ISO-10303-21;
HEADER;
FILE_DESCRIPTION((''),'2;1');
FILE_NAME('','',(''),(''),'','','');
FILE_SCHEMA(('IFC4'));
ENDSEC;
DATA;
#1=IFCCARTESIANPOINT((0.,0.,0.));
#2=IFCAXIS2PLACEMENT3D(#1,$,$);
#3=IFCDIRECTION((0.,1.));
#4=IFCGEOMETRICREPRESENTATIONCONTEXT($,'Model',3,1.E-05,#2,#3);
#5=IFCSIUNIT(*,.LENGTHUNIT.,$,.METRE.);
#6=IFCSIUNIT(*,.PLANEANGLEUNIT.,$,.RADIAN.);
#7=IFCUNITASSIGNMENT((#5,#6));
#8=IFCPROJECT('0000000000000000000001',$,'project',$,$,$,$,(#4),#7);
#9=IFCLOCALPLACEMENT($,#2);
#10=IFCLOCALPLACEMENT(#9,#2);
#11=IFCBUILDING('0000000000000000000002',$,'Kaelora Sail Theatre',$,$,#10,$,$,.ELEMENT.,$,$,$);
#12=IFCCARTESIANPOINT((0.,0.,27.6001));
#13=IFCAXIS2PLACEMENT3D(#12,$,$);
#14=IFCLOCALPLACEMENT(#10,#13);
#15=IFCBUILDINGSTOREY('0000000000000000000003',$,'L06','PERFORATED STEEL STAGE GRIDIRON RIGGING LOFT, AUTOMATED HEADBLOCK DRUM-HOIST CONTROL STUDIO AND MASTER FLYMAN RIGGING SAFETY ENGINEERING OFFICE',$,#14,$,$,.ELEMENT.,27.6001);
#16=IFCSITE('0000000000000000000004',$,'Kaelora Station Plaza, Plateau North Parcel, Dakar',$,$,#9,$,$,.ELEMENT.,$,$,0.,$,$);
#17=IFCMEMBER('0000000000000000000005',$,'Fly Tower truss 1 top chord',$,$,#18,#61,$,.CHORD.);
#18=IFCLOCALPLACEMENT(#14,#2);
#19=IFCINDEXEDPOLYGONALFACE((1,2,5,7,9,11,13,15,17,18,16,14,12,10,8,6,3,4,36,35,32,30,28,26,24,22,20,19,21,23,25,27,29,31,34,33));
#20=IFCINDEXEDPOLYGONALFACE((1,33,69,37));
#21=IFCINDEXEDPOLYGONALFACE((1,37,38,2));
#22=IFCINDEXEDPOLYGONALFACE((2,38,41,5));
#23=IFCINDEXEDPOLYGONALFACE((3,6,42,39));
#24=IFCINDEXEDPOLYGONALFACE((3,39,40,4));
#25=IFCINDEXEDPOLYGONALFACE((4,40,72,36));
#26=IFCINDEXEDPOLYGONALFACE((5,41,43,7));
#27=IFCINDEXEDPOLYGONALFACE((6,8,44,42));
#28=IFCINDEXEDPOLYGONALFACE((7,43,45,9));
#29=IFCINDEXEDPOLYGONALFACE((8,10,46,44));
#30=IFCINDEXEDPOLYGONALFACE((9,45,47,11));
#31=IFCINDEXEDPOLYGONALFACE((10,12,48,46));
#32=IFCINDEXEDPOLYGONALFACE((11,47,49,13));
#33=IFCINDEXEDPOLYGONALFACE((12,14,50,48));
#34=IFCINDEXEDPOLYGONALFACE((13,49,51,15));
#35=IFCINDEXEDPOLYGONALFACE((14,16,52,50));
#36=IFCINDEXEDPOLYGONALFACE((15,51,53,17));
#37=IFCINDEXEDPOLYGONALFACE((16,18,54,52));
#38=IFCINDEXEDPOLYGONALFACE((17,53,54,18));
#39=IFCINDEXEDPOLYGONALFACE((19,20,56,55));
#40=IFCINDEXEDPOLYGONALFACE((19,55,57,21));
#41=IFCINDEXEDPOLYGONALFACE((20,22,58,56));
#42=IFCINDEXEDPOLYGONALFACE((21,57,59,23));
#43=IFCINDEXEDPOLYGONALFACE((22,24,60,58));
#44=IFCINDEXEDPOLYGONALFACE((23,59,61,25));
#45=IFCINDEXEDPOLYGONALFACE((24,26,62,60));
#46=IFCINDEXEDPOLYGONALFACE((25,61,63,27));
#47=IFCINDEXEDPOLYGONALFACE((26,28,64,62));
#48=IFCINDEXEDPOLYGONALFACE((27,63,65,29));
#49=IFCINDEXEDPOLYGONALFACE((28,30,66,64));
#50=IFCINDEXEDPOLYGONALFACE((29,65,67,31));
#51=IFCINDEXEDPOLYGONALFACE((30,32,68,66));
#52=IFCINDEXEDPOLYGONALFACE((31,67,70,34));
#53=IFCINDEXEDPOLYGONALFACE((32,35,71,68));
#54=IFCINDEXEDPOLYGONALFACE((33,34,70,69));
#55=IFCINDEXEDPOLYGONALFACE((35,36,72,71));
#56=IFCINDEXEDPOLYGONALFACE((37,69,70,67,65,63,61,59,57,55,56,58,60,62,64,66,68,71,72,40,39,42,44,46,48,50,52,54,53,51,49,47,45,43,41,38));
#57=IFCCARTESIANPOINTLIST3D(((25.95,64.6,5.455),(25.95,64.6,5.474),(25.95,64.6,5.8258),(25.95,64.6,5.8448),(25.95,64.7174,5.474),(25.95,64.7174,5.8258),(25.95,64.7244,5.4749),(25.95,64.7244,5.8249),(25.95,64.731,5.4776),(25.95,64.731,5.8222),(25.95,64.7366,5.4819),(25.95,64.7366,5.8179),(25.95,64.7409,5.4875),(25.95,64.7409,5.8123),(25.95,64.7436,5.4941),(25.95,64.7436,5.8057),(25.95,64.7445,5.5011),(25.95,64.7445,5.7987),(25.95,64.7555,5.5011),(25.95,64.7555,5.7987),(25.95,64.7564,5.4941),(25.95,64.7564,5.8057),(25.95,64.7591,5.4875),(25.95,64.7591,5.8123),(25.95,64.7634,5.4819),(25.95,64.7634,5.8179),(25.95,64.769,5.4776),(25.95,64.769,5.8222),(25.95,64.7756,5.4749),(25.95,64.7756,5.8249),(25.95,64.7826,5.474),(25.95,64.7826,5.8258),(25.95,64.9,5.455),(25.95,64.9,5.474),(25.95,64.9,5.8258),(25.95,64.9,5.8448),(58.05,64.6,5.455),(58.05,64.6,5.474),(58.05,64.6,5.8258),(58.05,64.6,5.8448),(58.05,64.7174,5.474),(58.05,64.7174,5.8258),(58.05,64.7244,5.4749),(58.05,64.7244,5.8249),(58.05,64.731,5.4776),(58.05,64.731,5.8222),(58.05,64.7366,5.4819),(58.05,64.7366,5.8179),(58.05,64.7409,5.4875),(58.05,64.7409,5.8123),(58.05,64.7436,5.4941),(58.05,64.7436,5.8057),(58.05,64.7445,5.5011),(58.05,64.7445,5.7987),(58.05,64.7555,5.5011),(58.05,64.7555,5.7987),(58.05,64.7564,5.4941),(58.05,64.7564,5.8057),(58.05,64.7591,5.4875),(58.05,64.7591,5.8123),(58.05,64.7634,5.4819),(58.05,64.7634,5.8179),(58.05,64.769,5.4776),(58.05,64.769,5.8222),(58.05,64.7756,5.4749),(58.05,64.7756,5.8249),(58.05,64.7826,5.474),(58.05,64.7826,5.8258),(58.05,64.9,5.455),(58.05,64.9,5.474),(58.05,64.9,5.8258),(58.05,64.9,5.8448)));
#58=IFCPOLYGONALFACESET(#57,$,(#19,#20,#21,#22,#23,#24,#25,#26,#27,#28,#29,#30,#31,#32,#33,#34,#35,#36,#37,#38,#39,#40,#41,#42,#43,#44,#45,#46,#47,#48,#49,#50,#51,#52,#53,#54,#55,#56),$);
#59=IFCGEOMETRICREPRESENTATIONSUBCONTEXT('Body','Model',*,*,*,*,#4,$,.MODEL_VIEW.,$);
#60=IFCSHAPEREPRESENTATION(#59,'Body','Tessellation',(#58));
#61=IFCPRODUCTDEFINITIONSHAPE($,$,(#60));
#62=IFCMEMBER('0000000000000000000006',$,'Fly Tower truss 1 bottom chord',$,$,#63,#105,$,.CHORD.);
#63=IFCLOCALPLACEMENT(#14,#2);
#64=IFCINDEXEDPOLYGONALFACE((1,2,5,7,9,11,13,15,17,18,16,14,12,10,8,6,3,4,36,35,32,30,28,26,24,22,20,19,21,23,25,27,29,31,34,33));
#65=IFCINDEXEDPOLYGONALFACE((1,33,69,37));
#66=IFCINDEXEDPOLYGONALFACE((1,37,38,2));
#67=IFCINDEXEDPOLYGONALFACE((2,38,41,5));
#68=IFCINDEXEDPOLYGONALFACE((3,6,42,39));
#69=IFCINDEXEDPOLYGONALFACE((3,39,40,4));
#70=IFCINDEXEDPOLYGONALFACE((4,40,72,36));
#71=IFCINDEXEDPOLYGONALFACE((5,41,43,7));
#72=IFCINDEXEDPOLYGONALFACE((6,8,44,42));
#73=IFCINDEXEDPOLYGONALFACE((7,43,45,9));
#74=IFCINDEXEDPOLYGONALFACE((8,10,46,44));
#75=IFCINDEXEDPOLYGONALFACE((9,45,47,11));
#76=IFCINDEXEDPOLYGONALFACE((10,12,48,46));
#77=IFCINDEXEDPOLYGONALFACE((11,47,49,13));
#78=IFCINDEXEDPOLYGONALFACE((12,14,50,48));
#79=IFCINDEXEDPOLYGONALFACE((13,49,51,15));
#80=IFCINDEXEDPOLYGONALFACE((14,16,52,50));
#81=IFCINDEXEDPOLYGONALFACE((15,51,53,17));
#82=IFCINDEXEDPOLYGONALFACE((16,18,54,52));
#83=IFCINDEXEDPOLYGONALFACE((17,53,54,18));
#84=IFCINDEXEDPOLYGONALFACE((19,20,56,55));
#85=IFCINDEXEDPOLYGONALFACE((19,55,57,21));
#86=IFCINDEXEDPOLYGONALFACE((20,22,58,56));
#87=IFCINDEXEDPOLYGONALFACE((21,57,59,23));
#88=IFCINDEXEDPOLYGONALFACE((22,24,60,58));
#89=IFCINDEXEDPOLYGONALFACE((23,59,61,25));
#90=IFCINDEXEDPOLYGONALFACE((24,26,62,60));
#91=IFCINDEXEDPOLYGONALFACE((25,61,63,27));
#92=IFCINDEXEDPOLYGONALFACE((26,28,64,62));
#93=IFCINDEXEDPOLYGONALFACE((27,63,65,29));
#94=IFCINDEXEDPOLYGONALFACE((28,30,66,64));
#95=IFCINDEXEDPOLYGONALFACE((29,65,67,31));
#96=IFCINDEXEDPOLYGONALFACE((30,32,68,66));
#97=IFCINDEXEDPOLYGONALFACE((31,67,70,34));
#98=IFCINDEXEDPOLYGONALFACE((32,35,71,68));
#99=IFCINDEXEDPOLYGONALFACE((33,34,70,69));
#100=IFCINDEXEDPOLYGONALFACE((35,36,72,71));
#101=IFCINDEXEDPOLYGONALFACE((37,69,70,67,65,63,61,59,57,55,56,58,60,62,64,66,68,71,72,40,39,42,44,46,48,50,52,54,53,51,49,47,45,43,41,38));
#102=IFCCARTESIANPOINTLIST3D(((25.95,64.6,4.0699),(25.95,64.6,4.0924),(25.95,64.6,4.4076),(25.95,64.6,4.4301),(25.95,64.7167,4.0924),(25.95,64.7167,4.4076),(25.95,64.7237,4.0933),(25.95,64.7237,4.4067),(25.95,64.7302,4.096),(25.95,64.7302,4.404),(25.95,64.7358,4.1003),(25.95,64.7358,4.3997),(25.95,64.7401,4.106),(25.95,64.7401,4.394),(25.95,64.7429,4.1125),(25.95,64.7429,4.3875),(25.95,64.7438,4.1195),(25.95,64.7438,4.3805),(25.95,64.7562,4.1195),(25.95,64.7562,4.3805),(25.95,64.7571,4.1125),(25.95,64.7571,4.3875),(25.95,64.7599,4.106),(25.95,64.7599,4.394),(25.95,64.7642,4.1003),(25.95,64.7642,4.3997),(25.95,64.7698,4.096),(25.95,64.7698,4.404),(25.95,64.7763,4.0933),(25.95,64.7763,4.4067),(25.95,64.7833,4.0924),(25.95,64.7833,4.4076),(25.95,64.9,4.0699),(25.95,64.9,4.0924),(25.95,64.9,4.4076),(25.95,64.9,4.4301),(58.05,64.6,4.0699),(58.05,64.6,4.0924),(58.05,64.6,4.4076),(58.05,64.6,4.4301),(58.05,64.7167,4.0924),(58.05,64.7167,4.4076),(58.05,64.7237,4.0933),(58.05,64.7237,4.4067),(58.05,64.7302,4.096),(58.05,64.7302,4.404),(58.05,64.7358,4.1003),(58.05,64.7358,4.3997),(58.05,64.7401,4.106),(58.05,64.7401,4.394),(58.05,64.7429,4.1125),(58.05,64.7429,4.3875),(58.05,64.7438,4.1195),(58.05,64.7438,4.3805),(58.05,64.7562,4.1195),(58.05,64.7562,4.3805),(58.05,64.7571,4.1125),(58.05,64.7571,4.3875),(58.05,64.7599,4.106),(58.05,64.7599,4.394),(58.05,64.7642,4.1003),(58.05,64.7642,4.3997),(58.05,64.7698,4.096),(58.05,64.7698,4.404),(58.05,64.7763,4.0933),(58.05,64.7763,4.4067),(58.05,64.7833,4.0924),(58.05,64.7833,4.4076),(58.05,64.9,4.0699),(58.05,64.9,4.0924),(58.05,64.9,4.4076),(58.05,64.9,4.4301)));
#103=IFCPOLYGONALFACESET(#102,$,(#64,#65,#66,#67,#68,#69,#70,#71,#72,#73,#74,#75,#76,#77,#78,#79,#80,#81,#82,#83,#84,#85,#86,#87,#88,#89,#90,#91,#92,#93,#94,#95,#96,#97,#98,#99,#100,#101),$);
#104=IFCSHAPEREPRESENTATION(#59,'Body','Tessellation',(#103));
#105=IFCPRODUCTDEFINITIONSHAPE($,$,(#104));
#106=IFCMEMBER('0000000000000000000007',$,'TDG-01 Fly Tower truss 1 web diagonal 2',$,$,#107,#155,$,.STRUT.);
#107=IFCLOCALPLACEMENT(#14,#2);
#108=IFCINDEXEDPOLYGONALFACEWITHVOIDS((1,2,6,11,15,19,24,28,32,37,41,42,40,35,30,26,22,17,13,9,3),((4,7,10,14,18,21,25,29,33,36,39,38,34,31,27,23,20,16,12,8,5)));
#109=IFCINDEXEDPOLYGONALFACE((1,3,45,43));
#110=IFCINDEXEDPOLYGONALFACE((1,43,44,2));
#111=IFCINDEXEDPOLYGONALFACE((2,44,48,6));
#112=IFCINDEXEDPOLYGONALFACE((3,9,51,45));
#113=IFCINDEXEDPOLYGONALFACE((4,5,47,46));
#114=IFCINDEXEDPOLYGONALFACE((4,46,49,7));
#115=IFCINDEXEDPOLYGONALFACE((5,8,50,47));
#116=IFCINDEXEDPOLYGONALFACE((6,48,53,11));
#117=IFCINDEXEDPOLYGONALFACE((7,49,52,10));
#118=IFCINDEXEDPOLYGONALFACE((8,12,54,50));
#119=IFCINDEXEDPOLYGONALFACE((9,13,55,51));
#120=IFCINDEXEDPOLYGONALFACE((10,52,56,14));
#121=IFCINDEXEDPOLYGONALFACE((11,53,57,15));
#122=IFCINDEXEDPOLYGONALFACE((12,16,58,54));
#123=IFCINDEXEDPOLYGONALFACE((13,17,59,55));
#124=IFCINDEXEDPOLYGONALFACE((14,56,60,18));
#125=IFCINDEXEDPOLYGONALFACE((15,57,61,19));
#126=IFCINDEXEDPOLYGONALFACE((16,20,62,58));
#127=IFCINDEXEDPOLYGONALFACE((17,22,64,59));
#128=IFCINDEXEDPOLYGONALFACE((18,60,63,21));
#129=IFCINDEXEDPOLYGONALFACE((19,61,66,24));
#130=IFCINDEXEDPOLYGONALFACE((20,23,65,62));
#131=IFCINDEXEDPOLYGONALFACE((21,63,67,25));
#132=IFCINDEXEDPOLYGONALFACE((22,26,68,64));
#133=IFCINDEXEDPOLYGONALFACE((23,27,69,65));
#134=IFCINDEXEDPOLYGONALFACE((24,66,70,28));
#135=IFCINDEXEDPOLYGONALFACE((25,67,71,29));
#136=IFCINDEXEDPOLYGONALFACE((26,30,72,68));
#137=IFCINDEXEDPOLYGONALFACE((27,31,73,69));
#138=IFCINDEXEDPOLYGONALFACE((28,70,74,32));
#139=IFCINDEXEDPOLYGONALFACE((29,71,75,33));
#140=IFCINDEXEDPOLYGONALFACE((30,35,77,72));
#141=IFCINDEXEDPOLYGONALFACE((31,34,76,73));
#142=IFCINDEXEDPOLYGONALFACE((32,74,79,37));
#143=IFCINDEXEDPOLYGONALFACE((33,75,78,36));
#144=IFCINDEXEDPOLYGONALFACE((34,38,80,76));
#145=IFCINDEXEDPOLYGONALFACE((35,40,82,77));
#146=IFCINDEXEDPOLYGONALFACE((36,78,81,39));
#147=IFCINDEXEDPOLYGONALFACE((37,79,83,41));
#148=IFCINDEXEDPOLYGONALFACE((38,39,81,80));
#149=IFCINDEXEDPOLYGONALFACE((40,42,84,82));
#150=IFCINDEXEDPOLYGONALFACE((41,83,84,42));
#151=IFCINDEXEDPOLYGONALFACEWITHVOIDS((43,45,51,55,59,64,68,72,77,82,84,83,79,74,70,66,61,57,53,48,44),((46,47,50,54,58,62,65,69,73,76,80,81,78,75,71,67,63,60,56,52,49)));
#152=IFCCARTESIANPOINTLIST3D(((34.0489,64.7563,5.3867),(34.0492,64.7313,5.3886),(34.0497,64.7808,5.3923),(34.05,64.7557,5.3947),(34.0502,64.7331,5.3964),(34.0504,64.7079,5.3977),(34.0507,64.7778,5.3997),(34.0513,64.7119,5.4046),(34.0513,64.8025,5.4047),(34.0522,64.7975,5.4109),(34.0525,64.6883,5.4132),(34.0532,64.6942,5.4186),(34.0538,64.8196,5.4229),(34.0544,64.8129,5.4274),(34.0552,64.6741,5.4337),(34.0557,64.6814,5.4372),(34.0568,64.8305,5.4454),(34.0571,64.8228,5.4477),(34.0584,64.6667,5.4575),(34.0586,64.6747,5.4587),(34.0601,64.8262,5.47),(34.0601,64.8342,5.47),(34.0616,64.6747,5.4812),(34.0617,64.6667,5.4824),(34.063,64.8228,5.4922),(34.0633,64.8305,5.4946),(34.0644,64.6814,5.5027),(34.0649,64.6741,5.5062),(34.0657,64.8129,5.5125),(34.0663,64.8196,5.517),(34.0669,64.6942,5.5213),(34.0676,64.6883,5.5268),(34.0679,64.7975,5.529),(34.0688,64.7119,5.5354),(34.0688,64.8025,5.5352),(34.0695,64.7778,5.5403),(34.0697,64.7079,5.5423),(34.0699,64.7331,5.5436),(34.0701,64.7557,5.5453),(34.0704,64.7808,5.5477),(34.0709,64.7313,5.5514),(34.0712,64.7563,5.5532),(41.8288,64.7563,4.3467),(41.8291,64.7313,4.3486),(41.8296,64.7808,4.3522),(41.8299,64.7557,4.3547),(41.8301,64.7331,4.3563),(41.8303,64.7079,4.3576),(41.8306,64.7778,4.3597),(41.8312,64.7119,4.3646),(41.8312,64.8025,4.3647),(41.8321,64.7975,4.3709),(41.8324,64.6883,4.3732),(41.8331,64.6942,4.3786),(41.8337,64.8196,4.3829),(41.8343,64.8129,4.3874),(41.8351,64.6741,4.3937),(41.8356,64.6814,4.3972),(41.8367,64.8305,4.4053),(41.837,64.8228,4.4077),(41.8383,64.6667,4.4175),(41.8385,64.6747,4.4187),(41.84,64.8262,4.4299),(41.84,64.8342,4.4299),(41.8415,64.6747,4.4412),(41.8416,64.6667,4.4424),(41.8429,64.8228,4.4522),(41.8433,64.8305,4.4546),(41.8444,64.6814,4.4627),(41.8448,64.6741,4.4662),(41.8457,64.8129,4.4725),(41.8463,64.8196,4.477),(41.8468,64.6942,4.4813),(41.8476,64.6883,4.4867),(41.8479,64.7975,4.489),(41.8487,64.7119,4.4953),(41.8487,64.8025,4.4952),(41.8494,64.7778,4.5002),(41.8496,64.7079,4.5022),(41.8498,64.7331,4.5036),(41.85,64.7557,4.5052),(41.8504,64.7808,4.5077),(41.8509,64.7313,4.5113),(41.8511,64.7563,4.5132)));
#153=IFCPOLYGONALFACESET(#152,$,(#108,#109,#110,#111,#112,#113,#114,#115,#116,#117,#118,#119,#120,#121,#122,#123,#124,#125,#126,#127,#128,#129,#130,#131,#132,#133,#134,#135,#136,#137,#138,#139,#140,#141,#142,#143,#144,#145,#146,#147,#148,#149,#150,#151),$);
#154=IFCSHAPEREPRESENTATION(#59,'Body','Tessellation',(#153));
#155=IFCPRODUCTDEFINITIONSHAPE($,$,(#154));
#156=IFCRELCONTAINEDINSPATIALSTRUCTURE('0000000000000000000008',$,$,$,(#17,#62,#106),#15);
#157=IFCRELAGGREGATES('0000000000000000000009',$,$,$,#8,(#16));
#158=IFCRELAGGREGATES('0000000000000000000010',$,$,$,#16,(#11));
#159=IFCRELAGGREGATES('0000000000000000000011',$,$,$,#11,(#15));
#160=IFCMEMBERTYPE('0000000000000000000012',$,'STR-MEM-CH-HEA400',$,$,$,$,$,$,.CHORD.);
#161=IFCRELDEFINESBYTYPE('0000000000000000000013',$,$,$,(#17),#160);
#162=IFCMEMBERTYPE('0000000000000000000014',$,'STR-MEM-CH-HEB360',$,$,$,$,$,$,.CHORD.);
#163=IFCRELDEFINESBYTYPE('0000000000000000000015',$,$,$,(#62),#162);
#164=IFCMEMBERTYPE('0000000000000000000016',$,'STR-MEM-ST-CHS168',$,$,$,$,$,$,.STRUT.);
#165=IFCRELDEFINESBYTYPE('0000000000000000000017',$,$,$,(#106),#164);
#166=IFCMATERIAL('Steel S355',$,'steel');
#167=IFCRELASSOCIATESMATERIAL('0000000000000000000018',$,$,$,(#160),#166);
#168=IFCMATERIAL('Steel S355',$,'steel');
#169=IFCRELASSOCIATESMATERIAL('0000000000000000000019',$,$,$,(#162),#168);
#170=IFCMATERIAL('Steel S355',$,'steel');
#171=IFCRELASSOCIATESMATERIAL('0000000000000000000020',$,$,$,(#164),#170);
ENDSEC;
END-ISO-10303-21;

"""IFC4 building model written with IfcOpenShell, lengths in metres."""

from ifc_helpers import new_model, si_unit, direction, frame, origin, origin_2d, place, context, subcontext, project, spatial, hollow_circle, i_section, extrude, material, material_profile, profile_set, type_object, element, save


model = new_model("IFC4")

# Units and contexts
model_context = context("Model", 3, precision=1e-05, world=origin(), true_north=direction((0.0, 1.0)))
body_context = subcontext(model_context, "Body", "Model", "MODEL_VIEW")
ifc_project = project(units=[si_unit("LENGTHUNIT", "METRE"), si_unit("PLANEANGLEUNIT", "RADIAN")], contexts=[model_context])

# Site, building, storey
site_placement = place(None, origin())
site = spatial("IfcSite", under=ifc_project, at=site_placement, Name="Kaelora Station Plaza, Plateau North Parcel, Dakar", CompositionType="ELEMENT", RefElevation=0.0)
building_placement = place(site_placement, origin())
building = spatial("IfcBuilding", under=site, at=building_placement, Name="Kaelora Sail Theatre", CompositionType="ELEMENT")
storey_placement = place(building_placement, frame((0.0, 0.0, 27.6001)))
storey = spatial("IfcBuildingStorey", under=building, at=storey_placement, Name="L06", Description="PERFORATED STEEL STAGE GRIDIRON RIGGING LOFT, AUTOMATED HEADBLOCK DRUM-HOIST CONTROL STUDIO AND MASTER FLYMAN RIGGING SAFETY ENGINEERING OFFICE", CompositionType="ELEMENT", Elevation=27.6001)

# Members
ifc_material_1 = material(Name="Steel S355", Category="steel")
ifc_material_profile_1 = material_profile(ifc_material_1, i_section(OverallWidth=0.3, OverallDepth=0.3899, WebThickness=0.011, FlangeThickness=0.019, FilletRadius=0.0271, at=origin_2d()), Name="HEA 400")
ifc_profile_set_1 = profile_set([ifc_material_profile_1], Name="Steel S355")
member_type_1 = type_object("IfcMemberType", Name="STR-MEM-CH-HEA400", PredefinedType="CHORD", material=ifc_profile_set_1)
member_1_placement = place(storey_placement, frame((25.95, 64.75, 5.6499), z_axis=(1.0, 0.0, 0.0), x_axis=(0.0, 1.0, 0.0)))
element("IfcMember", 1, at=member_1_placement, inside=storey, type_object=member_type_1, Name="Fly Tower truss 1 top chord", PredefinedType="CHORD", context=body_context, shape_type="SweptSolid", body=[
    extrude(i_section(OverallWidth=0.3, OverallDepth=0.3899, WebThickness=0.011, FlangeThickness=0.019, FilletRadius=0.0271, at=origin_2d()), origin(), (0.0, 0.0, 1.0), 32.1001),
])
ifc_material_2 = material(Name="Steel S355", Category="steel")
ifc_material_profile_2 = material_profile(ifc_material_2, i_section(OverallWidth=0.3, OverallDepth=0.3601, WebThickness=0.0125, FlangeThickness=0.0225, FilletRadius=0.0271, at=origin_2d()), Name="HEB 360")
ifc_profile_set_2 = profile_set([ifc_material_profile_2], Name="Steel S355")
member_type_2 = type_object("IfcMemberType", Name="STR-MEM-CH-HEB360", PredefinedType="CHORD", material=ifc_profile_set_2)
member_2_placement = place(storey_placement, frame((25.95, 64.75, 4.25), z_axis=(1.0, 0.0, 0.0), x_axis=(0.0, 1.0, 0.0)))
element("IfcMember", 2, at=member_2_placement, inside=storey, type_object=member_type_2, Name="Fly Tower truss 1 bottom chord", PredefinedType="CHORD", context=body_context, shape_type="SweptSolid", body=[
    extrude(i_section(OverallWidth=0.3, OverallDepth=0.3601, WebThickness=0.0125, FlangeThickness=0.0225, FilletRadius=0.0271, at=origin_2d()), origin(), (0.0, 0.0, 1.0), 32.1001),
])
ifc_material_3 = material(Name="Steel S355", Category="steel")
ifc_material_profile_3 = material_profile(ifc_material_3, hollow_circle(Radius=0.0842, WallThickness=0.0081, at=origin_2d()), Name="CHS 168.3x8.0")
ifc_profile_set_3 = profile_set([ifc_material_profile_3], Name="Steel S355")
member_type_3 = type_object("IfcMemberType", Name="STR-MEM-ST-CHS168", PredefinedType="STRUT", material=ifc_profile_set_3)
member_3_placement = place(storey_placement, frame((34.0601, 64.75, 5.47), z_axis=(0.991183, 0.0, -0.132502), x_axis=(0.0, 1.0, 0.0)))
element("IfcMember", 3, at=member_3_placement, inside=storey, type_object=member_type_3, Name="TDG-01 Fly Tower truss 1 web diagonal 2", PredefinedType="STRUT", context=body_context, shape_type="SweptSolid", body=[
    extrude(hollow_circle(Radius=0.0842, WallThickness=0.0081, at=origin_2d()), origin(), (0.0, 0.0, 1.0), 7.8491),
])

save(model, "model.ifc")
